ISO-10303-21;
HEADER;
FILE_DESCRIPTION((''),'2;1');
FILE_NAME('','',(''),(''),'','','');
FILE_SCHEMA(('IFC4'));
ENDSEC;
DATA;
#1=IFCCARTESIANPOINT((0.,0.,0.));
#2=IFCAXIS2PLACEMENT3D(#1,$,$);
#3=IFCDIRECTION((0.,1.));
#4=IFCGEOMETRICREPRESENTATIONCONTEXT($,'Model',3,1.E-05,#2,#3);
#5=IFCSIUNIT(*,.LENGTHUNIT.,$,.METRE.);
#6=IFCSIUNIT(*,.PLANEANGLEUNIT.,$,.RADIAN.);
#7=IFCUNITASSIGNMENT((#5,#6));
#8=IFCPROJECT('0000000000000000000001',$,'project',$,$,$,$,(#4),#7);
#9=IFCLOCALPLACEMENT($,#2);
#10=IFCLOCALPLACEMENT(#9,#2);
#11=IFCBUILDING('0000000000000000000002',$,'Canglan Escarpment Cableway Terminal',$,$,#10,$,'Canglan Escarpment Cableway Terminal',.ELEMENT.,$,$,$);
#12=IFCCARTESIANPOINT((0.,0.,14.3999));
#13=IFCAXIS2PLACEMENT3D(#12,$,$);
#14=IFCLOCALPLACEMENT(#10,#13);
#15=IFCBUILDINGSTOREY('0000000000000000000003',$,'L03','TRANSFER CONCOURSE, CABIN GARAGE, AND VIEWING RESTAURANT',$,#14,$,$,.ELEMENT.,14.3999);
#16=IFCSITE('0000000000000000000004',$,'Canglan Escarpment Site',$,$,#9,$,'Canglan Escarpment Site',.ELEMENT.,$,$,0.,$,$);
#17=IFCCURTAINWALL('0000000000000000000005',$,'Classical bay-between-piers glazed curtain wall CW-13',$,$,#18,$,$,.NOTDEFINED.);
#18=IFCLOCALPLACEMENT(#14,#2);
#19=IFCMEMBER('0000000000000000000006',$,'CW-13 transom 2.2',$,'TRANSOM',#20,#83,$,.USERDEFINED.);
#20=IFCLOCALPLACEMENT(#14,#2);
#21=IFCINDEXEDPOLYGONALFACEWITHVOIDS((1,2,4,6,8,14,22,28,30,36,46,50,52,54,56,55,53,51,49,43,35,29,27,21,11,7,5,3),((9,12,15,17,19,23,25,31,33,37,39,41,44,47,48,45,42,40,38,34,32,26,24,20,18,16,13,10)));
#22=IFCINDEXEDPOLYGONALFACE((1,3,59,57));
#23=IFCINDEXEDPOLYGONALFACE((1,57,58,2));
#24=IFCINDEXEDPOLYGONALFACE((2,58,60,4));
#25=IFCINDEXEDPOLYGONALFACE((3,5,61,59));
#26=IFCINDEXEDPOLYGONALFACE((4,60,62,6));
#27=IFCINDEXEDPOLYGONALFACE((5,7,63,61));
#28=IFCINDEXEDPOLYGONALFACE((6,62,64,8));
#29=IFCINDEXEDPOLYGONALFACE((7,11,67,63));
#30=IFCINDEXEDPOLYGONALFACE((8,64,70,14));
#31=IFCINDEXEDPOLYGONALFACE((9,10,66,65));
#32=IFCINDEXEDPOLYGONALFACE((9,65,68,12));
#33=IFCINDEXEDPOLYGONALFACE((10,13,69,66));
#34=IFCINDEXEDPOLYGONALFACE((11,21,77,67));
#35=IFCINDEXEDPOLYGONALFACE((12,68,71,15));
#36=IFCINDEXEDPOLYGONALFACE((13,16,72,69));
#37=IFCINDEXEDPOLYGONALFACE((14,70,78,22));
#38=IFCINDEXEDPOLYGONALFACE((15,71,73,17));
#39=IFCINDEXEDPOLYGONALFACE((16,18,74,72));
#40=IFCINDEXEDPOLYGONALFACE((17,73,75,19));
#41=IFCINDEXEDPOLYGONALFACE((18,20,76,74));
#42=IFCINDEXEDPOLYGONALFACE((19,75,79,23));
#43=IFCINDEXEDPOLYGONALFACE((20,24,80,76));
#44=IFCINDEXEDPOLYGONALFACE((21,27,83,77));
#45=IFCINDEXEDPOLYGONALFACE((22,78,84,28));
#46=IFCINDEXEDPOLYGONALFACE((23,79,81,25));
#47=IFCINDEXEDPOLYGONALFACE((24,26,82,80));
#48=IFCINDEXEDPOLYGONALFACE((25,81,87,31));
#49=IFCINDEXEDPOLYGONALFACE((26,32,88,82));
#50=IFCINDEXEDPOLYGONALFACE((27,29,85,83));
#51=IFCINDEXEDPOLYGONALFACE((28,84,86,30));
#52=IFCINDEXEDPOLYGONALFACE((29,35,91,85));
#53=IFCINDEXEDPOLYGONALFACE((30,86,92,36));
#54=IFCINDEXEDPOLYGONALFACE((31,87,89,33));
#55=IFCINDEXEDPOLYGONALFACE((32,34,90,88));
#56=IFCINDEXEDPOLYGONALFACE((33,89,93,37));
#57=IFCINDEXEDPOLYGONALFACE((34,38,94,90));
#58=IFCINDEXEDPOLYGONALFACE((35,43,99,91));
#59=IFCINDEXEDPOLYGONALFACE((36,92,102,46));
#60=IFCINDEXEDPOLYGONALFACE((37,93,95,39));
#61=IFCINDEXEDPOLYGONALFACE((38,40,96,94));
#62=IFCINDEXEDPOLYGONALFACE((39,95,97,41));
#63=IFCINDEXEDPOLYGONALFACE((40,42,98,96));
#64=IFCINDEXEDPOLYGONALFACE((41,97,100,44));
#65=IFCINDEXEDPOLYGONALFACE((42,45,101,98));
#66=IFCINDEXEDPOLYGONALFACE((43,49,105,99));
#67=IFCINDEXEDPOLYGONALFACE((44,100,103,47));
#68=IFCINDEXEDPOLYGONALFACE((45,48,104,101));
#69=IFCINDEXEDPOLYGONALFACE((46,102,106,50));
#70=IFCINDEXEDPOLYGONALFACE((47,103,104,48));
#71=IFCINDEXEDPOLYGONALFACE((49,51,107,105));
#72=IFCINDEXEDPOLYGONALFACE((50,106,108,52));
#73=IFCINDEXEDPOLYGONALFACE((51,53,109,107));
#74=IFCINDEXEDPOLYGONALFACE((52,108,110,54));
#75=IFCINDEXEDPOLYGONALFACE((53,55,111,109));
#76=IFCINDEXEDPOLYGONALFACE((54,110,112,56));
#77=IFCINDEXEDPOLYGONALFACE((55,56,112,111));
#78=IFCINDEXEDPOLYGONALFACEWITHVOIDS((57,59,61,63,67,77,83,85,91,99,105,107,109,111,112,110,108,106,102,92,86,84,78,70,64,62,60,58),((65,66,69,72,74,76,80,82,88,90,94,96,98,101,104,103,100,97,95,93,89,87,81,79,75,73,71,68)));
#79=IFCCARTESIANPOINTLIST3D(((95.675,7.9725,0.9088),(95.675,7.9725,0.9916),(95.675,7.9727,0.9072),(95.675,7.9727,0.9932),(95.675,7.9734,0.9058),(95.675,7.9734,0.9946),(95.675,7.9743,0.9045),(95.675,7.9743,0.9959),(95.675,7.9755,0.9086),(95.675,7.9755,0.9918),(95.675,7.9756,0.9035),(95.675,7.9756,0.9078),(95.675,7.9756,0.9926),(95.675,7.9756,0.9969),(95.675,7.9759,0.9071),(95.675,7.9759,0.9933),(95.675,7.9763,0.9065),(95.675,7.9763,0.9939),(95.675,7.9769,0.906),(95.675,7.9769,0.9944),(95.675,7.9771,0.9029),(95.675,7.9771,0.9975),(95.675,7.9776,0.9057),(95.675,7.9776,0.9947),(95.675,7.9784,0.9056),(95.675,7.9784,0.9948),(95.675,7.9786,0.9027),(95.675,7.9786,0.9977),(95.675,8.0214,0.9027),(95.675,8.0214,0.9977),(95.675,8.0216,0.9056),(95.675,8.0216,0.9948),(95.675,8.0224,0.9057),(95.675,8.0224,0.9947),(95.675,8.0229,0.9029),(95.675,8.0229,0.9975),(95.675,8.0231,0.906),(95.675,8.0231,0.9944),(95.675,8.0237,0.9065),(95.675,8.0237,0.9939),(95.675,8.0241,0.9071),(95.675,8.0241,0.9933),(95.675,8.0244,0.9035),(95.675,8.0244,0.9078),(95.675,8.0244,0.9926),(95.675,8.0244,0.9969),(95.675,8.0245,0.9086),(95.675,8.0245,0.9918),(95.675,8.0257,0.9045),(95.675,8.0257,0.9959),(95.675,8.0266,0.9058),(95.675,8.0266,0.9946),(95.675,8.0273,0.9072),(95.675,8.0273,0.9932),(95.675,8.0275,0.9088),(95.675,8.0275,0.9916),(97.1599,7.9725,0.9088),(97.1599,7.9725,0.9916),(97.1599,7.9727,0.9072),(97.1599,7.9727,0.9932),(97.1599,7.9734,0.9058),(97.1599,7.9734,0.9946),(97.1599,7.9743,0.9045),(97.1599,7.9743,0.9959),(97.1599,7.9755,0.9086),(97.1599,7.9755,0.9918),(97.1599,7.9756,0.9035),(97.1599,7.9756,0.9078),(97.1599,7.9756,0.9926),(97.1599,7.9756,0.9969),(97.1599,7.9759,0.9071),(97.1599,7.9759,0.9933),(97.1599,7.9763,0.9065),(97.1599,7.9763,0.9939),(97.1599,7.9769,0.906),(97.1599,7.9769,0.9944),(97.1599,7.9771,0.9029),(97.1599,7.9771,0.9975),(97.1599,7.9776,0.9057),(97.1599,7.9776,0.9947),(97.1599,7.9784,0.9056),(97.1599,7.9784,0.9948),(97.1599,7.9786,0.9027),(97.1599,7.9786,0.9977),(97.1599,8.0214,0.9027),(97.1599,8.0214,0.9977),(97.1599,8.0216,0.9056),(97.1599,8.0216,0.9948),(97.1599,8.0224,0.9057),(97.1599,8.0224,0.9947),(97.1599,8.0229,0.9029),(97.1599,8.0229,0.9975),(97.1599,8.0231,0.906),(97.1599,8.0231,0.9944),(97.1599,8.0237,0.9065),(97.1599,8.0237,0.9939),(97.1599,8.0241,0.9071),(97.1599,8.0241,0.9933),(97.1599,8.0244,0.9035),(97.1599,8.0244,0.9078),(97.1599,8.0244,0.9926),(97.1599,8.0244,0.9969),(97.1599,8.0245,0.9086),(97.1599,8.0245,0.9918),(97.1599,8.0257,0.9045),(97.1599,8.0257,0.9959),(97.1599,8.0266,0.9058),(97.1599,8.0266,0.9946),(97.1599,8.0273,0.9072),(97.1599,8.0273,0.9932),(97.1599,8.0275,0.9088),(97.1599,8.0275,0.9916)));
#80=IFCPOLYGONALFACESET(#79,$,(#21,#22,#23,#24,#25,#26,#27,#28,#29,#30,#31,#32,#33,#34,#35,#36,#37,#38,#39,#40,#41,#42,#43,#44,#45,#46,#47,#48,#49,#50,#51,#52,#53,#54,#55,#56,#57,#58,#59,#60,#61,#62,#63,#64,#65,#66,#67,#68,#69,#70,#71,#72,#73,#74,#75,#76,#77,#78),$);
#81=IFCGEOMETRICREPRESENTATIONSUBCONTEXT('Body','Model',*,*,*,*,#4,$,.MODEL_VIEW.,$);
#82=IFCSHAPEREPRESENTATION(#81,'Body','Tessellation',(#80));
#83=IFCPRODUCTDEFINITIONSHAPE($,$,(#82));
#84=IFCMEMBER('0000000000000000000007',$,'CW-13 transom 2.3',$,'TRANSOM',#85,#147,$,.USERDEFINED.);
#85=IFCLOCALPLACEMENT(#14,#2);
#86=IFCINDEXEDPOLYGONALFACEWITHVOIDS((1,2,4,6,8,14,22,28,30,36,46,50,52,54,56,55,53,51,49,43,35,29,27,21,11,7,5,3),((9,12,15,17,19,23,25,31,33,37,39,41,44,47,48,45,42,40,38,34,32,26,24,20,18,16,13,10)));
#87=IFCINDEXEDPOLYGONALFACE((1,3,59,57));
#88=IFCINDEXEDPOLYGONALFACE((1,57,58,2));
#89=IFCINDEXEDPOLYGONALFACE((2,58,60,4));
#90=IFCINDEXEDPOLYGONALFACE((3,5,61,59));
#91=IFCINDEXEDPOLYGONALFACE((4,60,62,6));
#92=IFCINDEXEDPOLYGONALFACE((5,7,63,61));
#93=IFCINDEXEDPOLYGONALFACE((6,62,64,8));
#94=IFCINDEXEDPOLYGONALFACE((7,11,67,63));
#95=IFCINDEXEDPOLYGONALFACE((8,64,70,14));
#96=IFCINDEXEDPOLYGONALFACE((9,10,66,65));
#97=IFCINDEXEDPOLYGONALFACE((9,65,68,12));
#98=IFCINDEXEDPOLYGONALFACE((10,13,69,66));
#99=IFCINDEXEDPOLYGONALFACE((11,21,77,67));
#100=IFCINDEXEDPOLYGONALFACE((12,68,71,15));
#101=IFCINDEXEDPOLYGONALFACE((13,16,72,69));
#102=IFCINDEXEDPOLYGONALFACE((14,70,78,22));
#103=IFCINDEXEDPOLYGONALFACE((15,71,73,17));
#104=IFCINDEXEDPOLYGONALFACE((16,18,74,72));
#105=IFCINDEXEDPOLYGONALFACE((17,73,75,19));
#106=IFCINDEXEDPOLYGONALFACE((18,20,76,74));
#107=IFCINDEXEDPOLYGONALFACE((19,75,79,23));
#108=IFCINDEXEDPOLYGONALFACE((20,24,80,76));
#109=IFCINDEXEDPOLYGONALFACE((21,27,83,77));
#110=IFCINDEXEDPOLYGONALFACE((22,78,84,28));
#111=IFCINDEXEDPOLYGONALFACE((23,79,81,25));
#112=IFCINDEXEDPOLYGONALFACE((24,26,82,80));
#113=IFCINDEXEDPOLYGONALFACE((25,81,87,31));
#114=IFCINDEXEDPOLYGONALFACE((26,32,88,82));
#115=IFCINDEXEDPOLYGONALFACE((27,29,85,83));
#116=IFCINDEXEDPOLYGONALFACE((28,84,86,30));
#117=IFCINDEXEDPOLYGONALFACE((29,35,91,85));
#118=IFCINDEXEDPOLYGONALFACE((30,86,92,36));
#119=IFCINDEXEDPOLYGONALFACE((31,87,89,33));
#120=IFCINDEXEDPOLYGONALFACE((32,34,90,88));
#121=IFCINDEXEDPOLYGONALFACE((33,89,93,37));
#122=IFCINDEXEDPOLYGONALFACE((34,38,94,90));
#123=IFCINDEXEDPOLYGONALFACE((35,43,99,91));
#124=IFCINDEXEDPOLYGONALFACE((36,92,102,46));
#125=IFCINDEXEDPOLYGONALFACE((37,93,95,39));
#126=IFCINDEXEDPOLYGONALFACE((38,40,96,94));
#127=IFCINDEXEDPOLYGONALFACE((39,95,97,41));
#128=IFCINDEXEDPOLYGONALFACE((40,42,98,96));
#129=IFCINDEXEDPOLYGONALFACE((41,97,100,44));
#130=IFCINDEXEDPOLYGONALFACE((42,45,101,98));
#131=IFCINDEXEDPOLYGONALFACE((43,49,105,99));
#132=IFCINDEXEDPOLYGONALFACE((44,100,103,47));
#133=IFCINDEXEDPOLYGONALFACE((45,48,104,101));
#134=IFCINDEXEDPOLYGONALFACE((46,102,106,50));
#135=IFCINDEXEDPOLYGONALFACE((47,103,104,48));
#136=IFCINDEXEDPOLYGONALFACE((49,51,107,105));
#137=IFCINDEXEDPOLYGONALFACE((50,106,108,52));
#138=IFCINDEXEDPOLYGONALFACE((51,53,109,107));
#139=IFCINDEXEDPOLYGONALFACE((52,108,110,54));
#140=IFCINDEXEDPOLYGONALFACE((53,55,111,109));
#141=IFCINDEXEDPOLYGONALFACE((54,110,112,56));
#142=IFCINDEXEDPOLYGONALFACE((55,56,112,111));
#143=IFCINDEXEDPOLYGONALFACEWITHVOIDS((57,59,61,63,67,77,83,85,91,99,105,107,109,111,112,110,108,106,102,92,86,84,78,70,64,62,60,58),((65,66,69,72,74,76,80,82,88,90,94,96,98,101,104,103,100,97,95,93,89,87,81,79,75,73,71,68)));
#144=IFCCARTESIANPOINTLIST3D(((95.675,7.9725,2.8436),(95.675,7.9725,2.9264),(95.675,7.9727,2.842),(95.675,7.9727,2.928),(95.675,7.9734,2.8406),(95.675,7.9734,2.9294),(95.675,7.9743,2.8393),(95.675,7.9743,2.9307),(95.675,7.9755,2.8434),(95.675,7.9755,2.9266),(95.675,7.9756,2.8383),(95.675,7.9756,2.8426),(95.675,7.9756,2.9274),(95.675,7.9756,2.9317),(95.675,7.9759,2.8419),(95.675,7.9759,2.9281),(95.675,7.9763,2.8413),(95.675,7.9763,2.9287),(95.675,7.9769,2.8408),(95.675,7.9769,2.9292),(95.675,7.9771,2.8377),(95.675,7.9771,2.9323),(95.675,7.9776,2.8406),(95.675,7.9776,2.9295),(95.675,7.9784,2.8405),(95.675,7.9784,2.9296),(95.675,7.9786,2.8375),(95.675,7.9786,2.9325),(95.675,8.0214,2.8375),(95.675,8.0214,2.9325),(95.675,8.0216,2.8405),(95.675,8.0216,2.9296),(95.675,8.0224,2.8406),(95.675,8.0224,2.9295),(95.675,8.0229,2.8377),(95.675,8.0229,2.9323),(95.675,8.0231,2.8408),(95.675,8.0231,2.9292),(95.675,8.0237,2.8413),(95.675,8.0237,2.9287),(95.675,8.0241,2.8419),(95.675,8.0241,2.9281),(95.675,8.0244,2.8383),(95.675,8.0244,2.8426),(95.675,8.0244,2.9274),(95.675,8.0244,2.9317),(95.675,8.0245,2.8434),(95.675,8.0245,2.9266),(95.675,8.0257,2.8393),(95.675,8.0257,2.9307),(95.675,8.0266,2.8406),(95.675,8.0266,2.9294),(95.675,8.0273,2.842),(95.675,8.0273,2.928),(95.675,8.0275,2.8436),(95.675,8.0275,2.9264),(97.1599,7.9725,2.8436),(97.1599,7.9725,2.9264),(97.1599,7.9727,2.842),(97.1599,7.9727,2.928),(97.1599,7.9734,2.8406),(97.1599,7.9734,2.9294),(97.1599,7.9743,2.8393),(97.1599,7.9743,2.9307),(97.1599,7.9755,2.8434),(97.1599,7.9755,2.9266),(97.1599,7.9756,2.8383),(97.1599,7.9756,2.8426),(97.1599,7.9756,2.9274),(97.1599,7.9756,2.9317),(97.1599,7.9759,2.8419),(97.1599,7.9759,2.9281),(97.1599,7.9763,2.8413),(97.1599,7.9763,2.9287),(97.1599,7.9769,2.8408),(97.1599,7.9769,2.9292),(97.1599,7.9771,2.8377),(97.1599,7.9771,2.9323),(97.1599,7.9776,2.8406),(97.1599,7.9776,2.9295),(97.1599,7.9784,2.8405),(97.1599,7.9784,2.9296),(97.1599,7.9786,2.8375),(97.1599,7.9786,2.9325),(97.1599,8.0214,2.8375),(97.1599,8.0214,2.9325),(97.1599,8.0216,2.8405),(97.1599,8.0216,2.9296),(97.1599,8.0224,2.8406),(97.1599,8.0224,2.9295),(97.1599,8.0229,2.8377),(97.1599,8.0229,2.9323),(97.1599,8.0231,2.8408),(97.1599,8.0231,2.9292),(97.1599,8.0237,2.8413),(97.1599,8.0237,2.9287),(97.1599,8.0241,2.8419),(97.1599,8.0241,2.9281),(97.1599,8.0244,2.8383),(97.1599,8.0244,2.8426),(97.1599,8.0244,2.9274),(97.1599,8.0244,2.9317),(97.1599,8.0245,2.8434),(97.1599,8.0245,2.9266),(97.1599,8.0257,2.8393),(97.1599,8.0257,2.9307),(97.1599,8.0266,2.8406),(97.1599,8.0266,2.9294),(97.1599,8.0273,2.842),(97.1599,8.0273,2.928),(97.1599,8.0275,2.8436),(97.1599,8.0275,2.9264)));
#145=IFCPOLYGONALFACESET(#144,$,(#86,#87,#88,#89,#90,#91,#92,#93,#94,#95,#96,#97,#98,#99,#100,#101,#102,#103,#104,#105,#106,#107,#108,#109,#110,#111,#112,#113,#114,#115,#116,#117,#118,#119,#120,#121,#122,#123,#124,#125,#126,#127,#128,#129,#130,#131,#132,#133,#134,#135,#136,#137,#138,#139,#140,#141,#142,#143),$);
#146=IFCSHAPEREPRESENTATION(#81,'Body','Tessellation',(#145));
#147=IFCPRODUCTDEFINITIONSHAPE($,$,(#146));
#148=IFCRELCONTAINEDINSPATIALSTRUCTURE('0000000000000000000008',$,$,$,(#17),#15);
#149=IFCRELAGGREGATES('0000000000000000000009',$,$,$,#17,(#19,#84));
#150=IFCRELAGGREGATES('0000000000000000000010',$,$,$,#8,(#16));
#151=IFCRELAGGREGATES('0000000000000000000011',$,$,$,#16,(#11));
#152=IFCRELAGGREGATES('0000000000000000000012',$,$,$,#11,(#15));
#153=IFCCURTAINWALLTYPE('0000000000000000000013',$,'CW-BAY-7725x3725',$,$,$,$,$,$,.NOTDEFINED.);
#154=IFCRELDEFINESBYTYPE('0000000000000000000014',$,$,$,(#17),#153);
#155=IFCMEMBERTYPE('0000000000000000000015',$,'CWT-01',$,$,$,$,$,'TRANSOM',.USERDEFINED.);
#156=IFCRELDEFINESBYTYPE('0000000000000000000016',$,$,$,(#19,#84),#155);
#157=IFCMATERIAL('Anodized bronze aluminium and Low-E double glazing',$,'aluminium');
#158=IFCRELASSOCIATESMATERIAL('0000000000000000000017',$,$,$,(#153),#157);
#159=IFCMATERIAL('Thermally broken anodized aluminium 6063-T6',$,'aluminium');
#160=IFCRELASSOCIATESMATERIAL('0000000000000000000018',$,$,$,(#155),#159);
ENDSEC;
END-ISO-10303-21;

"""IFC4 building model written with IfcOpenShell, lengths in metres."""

from ifc_helpers import new_model, si_unit, direction, frame, origin, origin_2d, place, context, subcontext, project, spatial, hollow_rectangle, extrude, material, material_profile, profile_set, type_object, element, aggregate, save


model = new_model("IFC4")

# Units and contexts
model_context = context("Model", 3, precision=1e-05, world=origin(), true_north=direction((0.0, 1.0)))
body_context = subcontext(model_context, "Body", "Model", "MODEL_VIEW")
ifc_project = project(units=[si_unit("LENGTHUNIT", "METRE"), si_unit("PLANEANGLEUNIT", "RADIAN")], contexts=[model_context])

# Site, building, storey
site_placement = place(None, origin())
site = spatial("IfcSite", under=ifc_project, at=site_placement, Name="Canglan Escarpment Site", LongName="Canglan Escarpment Site", CompositionType="ELEMENT", RefElevation=0.0)
building_placement = place(site_placement, origin())
building = spatial("IfcBuilding", under=site, at=building_placement, Name="Canglan Escarpment Cableway Terminal", LongName="Canglan Escarpment Cableway Terminal", CompositionType="ELEMENT")
storey_placement = place(building_placement, frame((0.0, 0.0, 14.3999)))
storey = spatial("IfcBuildingStorey", under=building, at=storey_placement, Name="L03", Description="TRANSFER CONCOURSE, CABIN GARAGE, AND VIEWING RESTAURANT", CompositionType="ELEMENT", Elevation=14.3999)

# Curtain wall, members
ifc_material_1 = material(Name="Anodized bronze aluminium and Low-E double glazing", Category="aluminium")
curtain_wall_type = type_object("IfcCurtainWallType", Name="CW-BAY-7725x3725", PredefinedType="NOTDEFINED", material=ifc_material_1)
curtain_wall_placement = place(storey_placement, origin())
curtain_wall = element("IfcCurtainWall", 1, at=curtain_wall_placement, inside=storey, type_object=curtain_wall_type, Name="Classical bay-between-piers glazed curtain wall CW-13", PredefinedType="NOTDEFINED")
ifc_material_2 = material(Name="Thermally broken anodized aluminium 6063-T6", Category="aluminium")
ifc_material_profile_1 = material_profile(ifc_material_2, hollow_rectangle(XDim=0.0549, YDim=0.095, WallThickness=0.0029, InnerFilletRadius=0.0029, OuterFilletRadius=0.0061, at=origin_2d()), Name="ALU-TRAN 55x95x3")
ifc_profile_set_1 = profile_set([ifc_material_profile_1], Name="Thermally broken anodized aluminium 6063-T6")
member_type_1 = type_object("IfcMemberType", Name="CWT-01", ElementType="TRANSOM", PredefinedType="USERDEFINED", material=ifc_profile_set_1)
member_1_placement = place(storey_placement, frame((95.675, 8.0, 0.9502), z_axis=(1.0, 0.0, 0.0), x_axis=(0.0, 1.0, 0.0)))
member_1 = element("IfcMember", 2, at=member_1_placement, type_object=member_type_1, Name="CW-13 transom 2.2", ObjectType="TRANSOM", PredefinedType="USERDEFINED", context=body_context, shape_type="SweptSolid", body=[
    extrude(hollow_rectangle(XDim=0.0549, YDim=0.095, WallThickness=0.0029, InnerFilletRadius=0.0029, OuterFilletRadius=0.0061, at=origin_2d()), origin(), (0.0, 0.0, 1.0), 1.4849),
])
member_2_placement = place(storey_placement, frame((95.675, 8.0, 2.885), z_axis=(1.0, 0.0, 0.0), x_axis=(0.0, 1.0, 0.0)))
member_2 = element("IfcMember", 3, at=member_2_placement, type_object=member_type_1, Name="CW-13 transom 2.3", ObjectType="TRANSOM", PredefinedType="USERDEFINED", context=body_context, shape_type="SweptSolid", body=[
    extrude(hollow_rectangle(XDim=0.0549, YDim=0.095, WallThickness=0.0029, InnerFilletRadius=0.0029, OuterFilletRadius=0.0061, at=origin_2d()), origin(), (0.0, 0.0, 1.0), 1.4849),
])

aggregate(curtain_wall, [member_1, member_2])

save(model, "model.ifc")
